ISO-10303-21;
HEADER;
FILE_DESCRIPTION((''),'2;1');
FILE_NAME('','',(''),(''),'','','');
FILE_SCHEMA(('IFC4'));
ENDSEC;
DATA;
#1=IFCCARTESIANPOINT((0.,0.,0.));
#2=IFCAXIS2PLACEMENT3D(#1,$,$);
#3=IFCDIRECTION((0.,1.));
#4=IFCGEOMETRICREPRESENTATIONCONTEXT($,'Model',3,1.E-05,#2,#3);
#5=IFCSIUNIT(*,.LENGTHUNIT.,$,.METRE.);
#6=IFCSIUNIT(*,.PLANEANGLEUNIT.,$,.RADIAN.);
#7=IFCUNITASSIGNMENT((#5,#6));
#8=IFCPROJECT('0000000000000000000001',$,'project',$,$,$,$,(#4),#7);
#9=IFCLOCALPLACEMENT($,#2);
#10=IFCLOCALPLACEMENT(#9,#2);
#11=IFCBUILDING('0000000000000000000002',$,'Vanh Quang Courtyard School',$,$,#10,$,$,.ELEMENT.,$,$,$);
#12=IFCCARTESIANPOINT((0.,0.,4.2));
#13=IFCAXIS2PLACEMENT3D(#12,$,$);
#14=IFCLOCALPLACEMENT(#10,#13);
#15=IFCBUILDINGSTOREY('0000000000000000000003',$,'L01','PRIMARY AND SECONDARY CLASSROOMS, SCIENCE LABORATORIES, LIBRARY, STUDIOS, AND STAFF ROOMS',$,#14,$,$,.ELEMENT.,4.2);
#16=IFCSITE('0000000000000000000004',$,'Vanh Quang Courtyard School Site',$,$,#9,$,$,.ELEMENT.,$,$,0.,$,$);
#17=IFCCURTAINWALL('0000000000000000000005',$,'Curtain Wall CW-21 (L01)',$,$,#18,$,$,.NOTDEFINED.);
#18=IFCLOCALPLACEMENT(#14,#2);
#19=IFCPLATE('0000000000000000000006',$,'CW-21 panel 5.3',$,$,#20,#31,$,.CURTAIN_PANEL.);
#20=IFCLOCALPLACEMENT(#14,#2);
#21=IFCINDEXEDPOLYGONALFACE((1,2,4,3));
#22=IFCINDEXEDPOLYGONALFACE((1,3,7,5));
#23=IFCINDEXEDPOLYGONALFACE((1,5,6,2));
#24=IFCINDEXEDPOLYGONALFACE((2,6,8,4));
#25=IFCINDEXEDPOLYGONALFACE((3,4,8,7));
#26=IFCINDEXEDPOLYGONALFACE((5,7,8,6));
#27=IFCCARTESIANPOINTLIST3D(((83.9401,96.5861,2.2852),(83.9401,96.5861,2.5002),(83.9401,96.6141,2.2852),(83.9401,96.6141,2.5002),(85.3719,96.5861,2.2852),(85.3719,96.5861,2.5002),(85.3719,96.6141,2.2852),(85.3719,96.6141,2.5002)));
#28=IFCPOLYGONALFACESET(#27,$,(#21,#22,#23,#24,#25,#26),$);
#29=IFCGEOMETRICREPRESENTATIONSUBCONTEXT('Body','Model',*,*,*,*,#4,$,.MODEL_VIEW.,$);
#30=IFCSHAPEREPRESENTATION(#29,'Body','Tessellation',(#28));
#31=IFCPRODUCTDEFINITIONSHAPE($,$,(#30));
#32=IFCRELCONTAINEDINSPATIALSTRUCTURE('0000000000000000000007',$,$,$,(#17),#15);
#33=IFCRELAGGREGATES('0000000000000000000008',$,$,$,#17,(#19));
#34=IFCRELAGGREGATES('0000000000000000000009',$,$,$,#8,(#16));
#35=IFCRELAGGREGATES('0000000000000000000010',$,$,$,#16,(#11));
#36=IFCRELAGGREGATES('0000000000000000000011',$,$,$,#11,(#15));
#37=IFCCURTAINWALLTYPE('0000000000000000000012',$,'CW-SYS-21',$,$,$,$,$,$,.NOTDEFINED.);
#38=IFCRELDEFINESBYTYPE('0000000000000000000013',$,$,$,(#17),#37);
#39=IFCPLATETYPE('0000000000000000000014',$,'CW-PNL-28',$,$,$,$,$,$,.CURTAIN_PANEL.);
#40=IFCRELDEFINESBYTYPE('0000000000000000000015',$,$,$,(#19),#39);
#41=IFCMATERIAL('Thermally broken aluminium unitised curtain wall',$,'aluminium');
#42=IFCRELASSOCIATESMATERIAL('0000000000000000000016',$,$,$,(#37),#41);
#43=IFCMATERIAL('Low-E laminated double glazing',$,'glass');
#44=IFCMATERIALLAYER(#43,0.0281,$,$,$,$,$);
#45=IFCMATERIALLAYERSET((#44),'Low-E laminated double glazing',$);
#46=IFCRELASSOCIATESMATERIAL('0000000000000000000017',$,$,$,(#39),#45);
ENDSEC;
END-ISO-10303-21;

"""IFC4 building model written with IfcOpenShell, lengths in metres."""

from ifc_helpers import new_model, si_unit, direction, frame, origin, origin_2d, place, context, subcontext, project, spatial, rectangle, extrude, material, layer, layer_set, type_object, element, aggregate, save


model = new_model("IFC4")

# Units and contexts
model_context = context("Model", 3, precision=1e-05, world=origin(), true_north=direction((0.0, 1.0)))
body_context = subcontext(model_context, "Body", "Model", "MODEL_VIEW")
ifc_project = project(units=[si_unit("LENGTHUNIT", "METRE"), si_unit("PLANEANGLEUNIT", "RADIAN")], contexts=[model_context])

# Site, building, storey
site_placement = place(None, origin())
site = spatial("IfcSite", under=ifc_project, at=site_placement, Name="Vanh Quang Courtyard School Site", CompositionType="ELEMENT", RefElevation=0.0)
building_placement = place(site_placement, origin())
building = spatial("IfcBuilding", under=site, at=building_placement, Name="Vanh Quang Courtyard School", CompositionType="ELEMENT")
storey_placement = place(building_placement, frame((0.0, 0.0, 4.2)))
storey = spatial("IfcBuildingStorey", under=building, at=storey_placement, Name="L01", Description="PRIMARY AND SECONDARY CLASSROOMS, SCIENCE LABORATORIES, LIBRARY, STUDIOS, AND STAFF ROOMS", CompositionType="ELEMENT", Elevation=4.2)

# Curtain wall, plate
ifc_material_1 = material(Name="Thermally broken aluminium unitised curtain wall", Category="aluminium")
curtain_wall_type = type_object("IfcCurtainWallType", Name="CW-SYS-21", PredefinedType="NOTDEFINED", material=ifc_material_1)
curtain_wall_placement = place(storey_placement, origin())
curtain_wall = element("IfcCurtainWall", 1, at=curtain_wall_placement, inside=storey, type_object=curtain_wall_type, Name="Curtain Wall CW-21 (L01)", PredefinedType="NOTDEFINED")
ifc_material_2 = material(Name="Low-E laminated double glazing", Category="glass")
ifc_layer = layer(ifc_material_2, 0.0281)
ifc_layer_set = layer_set([ifc_layer], Name="Low-E laminated double glazing")
plate_type = type_object("IfcPlateType", Name="CW-PNL-28", PredefinedType="CURTAIN_PANEL", material=ifc_layer_set)
plate_1_placement = place(storey_placement, frame((84.656, 96.6001, 2.2852), z_axis=(0.0, 0.0, 1.0), x_axis=(1.0, 0.0, 0.0)))
plate_1 = element("IfcPlate", 2, at=plate_1_placement, type_object=plate_type, Name="CW-21 panel 5.3", PredefinedType="CURTAIN_PANEL", context=body_context, shape_type="SweptSolid", body=[
    extrude(rectangle(XDim=1.4319, YDim=0.0281, at=origin_2d()), origin(), (0.0, 0.0, 1.0), 0.2151),
])
aggregate(curtain_wall, [plate_1])

save(model, "model.ifc")
